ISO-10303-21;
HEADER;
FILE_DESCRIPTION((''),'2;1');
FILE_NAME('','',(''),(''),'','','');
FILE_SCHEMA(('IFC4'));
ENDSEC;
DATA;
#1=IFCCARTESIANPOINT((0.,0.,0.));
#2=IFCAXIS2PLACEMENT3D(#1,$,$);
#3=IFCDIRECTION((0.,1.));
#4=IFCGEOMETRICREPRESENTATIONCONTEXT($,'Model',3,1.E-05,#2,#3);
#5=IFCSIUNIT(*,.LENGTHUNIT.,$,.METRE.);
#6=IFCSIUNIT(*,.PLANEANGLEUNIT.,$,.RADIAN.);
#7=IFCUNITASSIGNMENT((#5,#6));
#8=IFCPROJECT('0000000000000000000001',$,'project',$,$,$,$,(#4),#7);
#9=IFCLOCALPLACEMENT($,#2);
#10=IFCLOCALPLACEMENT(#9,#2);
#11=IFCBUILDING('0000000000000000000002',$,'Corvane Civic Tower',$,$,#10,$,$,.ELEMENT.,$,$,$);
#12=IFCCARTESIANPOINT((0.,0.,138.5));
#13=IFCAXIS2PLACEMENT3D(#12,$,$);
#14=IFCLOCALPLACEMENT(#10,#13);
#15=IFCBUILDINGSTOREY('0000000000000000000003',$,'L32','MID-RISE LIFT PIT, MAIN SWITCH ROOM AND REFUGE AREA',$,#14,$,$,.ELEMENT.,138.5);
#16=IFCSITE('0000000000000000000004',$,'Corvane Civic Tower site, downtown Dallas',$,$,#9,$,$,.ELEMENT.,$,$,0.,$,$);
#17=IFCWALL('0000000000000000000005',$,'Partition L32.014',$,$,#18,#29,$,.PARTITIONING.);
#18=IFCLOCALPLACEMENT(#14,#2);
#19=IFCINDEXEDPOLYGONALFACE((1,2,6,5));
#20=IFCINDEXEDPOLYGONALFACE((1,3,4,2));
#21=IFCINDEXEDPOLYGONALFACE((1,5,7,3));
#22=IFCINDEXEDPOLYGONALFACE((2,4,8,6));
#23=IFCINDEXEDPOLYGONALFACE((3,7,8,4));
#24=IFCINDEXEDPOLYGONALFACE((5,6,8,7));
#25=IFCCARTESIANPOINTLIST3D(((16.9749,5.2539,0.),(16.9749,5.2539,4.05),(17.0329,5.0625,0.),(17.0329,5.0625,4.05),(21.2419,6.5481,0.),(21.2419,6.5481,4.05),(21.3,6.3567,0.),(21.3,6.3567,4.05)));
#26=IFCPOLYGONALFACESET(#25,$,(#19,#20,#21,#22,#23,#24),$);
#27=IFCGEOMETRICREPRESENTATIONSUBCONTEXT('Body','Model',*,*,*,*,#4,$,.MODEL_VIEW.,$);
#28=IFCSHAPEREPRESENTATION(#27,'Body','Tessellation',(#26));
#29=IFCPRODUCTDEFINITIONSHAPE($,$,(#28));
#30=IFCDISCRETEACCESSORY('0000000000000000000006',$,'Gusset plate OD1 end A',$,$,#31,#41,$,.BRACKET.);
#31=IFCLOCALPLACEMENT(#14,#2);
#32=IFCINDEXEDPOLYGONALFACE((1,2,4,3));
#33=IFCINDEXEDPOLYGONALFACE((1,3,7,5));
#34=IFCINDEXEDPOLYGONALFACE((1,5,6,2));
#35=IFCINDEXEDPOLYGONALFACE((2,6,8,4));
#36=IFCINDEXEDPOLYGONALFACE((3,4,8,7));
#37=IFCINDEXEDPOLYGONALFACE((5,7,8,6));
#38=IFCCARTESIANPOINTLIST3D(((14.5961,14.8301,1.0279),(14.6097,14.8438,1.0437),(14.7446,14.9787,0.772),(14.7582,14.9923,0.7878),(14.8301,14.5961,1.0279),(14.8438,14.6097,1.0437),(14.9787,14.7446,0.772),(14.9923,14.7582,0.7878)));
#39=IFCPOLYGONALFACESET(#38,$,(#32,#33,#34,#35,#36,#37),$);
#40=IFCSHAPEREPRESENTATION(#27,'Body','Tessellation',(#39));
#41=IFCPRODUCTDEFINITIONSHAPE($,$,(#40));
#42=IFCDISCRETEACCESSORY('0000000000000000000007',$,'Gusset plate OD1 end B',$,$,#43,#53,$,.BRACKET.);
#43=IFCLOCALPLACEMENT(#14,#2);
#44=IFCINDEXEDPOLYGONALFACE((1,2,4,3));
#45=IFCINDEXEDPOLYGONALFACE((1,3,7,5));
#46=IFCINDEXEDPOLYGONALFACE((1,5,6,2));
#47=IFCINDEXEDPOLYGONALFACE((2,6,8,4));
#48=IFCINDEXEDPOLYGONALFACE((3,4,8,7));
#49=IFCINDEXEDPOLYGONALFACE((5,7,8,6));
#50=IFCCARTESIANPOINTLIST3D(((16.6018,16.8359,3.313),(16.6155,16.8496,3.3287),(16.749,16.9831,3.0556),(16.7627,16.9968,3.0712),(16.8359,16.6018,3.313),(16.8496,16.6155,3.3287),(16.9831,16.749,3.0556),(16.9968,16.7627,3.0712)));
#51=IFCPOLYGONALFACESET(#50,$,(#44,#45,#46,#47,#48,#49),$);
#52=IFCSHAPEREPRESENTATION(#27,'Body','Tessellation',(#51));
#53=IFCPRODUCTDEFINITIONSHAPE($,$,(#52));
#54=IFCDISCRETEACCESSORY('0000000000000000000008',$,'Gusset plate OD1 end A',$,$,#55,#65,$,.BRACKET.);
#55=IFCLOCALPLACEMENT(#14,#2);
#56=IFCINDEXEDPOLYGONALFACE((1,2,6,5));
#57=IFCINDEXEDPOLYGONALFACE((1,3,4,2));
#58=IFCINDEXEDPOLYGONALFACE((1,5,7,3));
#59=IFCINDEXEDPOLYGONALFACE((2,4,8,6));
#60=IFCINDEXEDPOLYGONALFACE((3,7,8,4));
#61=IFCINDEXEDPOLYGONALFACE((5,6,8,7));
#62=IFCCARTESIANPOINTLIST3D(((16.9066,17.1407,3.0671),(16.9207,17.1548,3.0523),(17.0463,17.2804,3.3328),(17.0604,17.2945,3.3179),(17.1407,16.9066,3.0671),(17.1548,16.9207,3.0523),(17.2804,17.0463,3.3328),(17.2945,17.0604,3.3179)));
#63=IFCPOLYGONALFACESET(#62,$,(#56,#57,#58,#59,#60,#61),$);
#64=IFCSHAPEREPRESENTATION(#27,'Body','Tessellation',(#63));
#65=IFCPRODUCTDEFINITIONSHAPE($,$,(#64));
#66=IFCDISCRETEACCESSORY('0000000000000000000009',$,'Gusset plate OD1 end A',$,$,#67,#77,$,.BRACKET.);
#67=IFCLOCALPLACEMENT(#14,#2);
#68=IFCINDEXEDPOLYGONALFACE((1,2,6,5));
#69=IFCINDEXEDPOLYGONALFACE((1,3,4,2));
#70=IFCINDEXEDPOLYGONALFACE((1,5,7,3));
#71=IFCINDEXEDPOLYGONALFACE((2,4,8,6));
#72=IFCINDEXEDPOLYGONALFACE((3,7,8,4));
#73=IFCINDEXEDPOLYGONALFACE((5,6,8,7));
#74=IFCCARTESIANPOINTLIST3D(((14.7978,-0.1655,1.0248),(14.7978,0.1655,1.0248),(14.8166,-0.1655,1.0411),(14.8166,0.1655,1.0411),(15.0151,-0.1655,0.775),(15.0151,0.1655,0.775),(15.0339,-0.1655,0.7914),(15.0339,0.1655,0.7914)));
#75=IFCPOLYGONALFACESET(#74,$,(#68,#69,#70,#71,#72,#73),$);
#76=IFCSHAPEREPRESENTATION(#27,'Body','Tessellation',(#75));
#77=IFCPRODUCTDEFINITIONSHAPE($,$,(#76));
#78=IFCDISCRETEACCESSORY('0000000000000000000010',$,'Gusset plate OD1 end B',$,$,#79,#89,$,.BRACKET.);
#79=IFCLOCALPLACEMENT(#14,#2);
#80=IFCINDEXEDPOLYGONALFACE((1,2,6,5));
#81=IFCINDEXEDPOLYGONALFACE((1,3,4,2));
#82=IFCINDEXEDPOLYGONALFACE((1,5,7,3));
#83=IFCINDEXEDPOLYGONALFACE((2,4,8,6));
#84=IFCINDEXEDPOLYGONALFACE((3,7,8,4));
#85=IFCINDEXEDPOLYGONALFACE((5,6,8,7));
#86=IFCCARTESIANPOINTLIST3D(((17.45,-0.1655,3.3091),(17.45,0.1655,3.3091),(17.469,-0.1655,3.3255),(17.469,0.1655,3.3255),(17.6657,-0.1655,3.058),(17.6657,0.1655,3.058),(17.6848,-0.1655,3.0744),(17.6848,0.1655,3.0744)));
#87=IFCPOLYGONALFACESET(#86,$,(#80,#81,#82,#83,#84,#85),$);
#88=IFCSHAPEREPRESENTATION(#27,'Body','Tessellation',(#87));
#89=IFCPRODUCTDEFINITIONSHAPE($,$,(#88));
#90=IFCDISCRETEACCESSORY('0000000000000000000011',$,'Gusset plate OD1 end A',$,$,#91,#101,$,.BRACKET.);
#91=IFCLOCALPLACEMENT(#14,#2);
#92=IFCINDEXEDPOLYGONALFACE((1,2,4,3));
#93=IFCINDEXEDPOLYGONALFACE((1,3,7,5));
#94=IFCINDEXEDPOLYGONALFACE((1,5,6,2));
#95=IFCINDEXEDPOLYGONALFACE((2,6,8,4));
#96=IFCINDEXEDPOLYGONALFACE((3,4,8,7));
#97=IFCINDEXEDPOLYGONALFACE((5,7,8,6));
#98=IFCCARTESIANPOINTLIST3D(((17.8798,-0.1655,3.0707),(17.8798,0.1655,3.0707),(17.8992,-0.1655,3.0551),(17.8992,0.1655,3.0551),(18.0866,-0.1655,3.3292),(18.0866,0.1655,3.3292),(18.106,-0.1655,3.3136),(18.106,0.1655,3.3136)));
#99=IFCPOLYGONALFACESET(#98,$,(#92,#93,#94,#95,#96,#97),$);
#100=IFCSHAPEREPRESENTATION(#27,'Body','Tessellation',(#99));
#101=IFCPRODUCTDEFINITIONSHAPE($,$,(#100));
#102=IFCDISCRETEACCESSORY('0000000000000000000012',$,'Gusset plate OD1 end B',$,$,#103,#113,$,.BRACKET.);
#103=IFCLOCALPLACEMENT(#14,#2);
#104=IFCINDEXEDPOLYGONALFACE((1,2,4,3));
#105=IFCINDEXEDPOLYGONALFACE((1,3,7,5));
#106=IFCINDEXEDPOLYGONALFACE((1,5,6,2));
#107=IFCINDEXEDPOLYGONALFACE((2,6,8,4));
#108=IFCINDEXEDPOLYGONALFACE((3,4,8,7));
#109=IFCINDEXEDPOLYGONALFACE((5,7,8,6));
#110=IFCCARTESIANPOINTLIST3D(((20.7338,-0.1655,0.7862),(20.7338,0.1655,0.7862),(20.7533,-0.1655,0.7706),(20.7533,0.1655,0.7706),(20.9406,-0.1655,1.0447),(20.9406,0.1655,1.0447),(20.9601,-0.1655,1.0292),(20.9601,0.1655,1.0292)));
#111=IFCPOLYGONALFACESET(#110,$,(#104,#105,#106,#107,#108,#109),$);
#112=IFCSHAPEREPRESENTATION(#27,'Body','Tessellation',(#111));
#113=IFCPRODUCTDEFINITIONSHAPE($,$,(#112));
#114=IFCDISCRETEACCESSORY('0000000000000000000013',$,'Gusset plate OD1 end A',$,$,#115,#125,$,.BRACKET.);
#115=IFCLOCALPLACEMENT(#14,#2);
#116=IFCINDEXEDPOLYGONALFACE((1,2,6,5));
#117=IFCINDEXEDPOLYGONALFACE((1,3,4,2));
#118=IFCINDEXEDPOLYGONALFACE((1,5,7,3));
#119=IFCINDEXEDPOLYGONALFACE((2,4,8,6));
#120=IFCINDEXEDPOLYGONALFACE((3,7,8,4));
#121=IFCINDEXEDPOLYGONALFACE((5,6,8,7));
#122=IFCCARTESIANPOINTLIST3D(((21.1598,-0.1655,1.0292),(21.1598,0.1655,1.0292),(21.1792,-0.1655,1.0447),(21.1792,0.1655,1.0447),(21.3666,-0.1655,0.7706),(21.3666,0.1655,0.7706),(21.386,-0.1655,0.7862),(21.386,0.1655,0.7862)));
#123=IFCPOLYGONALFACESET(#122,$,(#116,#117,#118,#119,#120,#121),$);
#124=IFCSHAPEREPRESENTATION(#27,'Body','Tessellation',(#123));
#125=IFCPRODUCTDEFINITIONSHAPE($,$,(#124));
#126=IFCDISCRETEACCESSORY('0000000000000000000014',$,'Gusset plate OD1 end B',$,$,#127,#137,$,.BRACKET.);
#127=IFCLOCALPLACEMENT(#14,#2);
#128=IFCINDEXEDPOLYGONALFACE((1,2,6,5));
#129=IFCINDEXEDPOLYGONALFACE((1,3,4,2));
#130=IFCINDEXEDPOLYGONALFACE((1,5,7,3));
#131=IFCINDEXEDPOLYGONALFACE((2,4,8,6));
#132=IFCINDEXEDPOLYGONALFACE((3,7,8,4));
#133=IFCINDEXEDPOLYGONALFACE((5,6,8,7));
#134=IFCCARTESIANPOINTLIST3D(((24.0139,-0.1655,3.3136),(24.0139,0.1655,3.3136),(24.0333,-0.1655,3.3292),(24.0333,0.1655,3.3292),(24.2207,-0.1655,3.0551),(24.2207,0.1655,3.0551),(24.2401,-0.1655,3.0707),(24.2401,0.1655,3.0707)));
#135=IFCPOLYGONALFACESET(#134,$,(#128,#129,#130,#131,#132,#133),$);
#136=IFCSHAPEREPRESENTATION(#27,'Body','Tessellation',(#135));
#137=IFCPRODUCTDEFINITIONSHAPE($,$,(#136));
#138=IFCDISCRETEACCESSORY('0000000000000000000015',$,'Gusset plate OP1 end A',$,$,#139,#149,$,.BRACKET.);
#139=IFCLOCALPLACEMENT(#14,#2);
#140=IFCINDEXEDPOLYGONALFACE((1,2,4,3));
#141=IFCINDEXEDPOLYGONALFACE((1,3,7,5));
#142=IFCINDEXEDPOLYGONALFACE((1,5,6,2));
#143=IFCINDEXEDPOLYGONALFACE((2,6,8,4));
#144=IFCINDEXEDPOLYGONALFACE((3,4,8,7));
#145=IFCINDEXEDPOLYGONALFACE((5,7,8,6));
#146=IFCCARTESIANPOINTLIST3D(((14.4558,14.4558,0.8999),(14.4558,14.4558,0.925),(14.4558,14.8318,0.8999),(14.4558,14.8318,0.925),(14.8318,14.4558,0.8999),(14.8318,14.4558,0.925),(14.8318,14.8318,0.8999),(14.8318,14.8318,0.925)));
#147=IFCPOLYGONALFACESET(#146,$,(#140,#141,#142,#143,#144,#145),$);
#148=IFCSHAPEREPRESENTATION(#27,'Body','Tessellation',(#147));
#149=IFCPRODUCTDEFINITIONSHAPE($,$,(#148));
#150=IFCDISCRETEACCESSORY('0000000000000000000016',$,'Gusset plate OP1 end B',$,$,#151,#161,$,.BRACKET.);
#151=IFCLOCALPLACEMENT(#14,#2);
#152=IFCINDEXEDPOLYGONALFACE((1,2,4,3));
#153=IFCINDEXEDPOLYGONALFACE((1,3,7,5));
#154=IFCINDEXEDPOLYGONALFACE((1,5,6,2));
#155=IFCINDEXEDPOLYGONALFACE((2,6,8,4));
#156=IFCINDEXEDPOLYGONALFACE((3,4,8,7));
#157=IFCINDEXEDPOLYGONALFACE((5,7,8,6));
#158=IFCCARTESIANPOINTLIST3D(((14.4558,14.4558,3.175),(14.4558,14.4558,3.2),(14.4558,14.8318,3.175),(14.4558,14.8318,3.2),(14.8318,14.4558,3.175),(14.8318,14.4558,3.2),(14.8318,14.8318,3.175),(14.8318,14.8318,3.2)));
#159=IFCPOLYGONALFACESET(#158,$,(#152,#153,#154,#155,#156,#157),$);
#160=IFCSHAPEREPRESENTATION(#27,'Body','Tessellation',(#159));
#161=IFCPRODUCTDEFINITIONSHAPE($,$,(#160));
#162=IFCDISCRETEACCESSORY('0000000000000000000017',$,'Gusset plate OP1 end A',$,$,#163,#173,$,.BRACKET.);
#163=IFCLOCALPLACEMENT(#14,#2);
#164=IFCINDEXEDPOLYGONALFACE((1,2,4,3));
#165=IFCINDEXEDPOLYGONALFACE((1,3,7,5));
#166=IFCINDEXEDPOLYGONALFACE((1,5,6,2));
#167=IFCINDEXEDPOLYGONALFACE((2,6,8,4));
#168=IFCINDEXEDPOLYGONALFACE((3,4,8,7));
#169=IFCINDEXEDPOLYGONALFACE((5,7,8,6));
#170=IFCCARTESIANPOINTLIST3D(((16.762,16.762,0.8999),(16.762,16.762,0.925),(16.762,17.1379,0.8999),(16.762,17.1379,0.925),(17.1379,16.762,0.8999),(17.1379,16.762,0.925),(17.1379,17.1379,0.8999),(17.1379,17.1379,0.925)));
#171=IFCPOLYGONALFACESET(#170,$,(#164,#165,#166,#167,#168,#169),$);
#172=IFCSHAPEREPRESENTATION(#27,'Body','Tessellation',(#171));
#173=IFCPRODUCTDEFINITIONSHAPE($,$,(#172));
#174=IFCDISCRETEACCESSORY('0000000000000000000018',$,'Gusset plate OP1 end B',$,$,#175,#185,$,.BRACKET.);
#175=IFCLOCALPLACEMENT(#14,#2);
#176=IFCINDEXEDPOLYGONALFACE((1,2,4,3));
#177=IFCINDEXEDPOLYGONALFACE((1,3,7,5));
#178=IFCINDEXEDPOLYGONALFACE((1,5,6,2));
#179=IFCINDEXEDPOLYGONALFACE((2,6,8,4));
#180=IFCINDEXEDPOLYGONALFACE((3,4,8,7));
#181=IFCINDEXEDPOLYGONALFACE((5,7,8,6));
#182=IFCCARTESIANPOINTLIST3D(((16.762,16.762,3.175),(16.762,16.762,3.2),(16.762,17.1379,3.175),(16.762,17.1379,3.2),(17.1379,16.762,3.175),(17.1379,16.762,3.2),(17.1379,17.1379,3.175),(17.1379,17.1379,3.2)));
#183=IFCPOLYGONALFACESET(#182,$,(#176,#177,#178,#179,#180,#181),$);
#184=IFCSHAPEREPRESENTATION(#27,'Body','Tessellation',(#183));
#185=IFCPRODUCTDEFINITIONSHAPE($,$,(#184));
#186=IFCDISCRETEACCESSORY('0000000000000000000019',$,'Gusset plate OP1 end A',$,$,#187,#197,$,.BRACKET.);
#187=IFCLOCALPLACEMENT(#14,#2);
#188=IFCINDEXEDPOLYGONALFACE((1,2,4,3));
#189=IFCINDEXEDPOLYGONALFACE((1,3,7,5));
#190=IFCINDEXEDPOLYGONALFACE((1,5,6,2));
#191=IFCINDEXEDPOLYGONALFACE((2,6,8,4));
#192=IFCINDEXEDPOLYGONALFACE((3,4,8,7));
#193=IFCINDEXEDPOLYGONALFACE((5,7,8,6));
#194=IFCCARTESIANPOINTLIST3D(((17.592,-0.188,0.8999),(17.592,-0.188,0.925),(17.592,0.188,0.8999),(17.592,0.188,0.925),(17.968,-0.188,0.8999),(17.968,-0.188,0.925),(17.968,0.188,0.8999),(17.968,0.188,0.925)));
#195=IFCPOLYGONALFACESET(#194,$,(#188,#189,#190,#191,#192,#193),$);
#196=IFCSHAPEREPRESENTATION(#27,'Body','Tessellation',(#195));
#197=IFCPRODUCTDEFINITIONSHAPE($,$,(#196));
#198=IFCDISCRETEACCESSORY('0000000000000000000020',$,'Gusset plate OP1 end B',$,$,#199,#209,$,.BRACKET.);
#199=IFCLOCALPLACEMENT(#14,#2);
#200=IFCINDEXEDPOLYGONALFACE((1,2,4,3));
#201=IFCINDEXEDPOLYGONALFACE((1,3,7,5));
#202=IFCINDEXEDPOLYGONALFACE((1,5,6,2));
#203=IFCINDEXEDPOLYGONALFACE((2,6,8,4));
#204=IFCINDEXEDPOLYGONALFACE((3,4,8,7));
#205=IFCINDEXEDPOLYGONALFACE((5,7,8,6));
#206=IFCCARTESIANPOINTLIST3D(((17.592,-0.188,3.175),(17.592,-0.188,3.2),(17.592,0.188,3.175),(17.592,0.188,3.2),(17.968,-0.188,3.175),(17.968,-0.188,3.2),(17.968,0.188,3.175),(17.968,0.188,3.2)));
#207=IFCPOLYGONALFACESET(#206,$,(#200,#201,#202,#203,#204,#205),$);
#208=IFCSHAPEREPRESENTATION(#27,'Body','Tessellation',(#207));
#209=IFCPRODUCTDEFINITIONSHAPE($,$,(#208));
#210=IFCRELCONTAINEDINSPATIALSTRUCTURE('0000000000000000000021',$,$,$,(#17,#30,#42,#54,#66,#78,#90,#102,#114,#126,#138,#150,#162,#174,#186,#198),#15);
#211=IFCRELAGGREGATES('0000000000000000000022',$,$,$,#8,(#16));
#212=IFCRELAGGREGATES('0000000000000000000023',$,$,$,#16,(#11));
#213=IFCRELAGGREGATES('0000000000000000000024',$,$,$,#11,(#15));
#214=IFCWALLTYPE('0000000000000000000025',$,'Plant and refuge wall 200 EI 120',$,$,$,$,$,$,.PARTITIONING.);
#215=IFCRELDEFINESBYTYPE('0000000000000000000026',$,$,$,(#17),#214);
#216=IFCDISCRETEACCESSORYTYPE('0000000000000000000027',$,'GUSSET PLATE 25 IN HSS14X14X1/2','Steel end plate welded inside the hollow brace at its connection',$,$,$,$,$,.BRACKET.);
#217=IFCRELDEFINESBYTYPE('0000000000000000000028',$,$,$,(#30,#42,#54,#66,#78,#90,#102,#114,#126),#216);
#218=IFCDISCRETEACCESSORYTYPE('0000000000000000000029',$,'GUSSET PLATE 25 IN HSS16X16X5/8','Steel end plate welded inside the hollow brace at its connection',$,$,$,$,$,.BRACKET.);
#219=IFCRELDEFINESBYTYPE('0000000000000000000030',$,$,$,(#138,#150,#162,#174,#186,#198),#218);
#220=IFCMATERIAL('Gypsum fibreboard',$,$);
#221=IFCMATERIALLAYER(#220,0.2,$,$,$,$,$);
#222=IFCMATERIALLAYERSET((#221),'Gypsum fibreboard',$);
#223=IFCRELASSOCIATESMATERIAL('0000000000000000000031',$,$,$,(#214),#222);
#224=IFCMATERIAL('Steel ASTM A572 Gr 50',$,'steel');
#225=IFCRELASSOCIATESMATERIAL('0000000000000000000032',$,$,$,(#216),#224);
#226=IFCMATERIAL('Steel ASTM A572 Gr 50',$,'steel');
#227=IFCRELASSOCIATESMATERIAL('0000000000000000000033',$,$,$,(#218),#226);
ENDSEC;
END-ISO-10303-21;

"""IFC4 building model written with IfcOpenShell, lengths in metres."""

from ifc_helpers import new_model, si_unit, direction, frame, frame_2d, origin, origin_2d, place, context, subcontext, project, spatial, rectangle, extrude, material, layer, layer_set, material_profile, profile_set, type_object, element, save


model = new_model("IFC4")

# Units and contexts
model_context = context("Model", 3, precision=1e-05, world=origin(), true_north=direction((0.0, 1.0)))
body_context = subcontext(model_context, "Body", "Model", "MODEL_VIEW")
ifc_project = project(units=[si_unit("LENGTHUNIT", "METRE"), si_unit("PLANEANGLEUNIT", "RADIAN")], contexts=[model_context])

# Site, building, storey
site_placement = place(None, origin())
site = spatial("IfcSite", under=ifc_project, at=site_placement, Name="Corvane Civic Tower site, downtown Dallas", CompositionType="ELEMENT", RefElevation=0.0)
building_placement = place(site_placement, origin())
building = spatial("IfcBuilding", under=site, at=building_placement, Name="Corvane Civic Tower", CompositionType="ELEMENT")
storey_placement = place(building_placement, frame((0.0, 0.0, 138.5)))
storey = spatial("IfcBuildingStorey", under=building, at=storey_placement, Name="L32", Description="MID-RISE LIFT PIT, MAIN SWITCH ROOM AND REFUGE AREA", CompositionType="ELEMENT", Elevation=138.5)

# Wall
ifc_material_1 = material(Name="Gypsum fibreboard")
ifc_layer = layer(ifc_material_1, 0.2)
ifc_layer_set = layer_set([ifc_layer], Name="Gypsum fibreboard")
wall_type = type_object("IfcWallType", Name="Plant and refuge wall 200 EI 120", PredefinedType="PARTITIONING", material=ifc_layer_set)
wall_placement = place(storey_placement, frame((17.0039, 5.1582, 0.0), z_axis=(0.0, 0.0, 1.0), x_axis=(0.956954, 0.29024, 0.0)))
element("IfcWall", 1, at=wall_placement, inside=storey, type_object=wall_type, Name="Partition L32.014", PredefinedType="PARTITIONING", context=body_context, shape_type="SweptSolid", body=[
    extrude(rectangle(XDim=4.459, YDim=0.2, at=frame_2d((2.2295, 0.0))), origin(), (0.0, 0.0, 1.0), 4.05),
])

# Discrete accessories
ifc_material_2 = material(Name="Steel ASTM A572 Gr 50", Category="steel")
ifc_material_profile_1 = material_profile(ifc_material_2, rectangle(XDim=0.3311, YDim=0.3311, at=origin_2d()), Name="GUSSET PLATE 25 IN HSS14X14X1/2")
ifc_profile_set_1 = profile_set([ifc_material_profile_1], Name="Steel ASTM A572 Gr 50")
discrete_accessory_type_1 = type_object("IfcDiscreteAccessoryType", Name="GUSSET PLATE 25 IN HSS14X14X1/2", Description="Steel end plate welded inside the hollow brace at its connection", PredefinedType="BRACKET", material=ifc_profile_set_1)
for number, where, z_axis, x_axis, name in (
    (2, (14.7874, 14.7874, 0.8999), (0.546582, 0.546582, 0.634426), (-0.707107, 0.707107, 0.0), "Gusset plate OD1 end A"),
    (3, (16.8062, 16.8062, 3.2), (-0.549972, -0.549972, -0.628539), (0.707107, -0.707107, 0.0), "Gusset plate OD1 end B"),
    (4, (17.0935, 17.0935, 3.2), (0.567402, 0.567402, -0.59675), (-0.707107, 0.707107, 0.0), "Gusset plate OD1 end A"),
    (5, (14.9065, 0.0, 0.8999), (0.754395, 0.0, 0.656421), (0.0, 1.0, 0.0), "Gusset plate OD1 end A"),
):
    element("IfcDiscreteAccessory", number, at=place(storey_placement, frame(where, z_axis=z_axis, x_axis=x_axis)), inside=storey, type_object=discrete_accessory_type_1, Name=name, PredefinedType="BRACKET", context=body_context, shape_type="SweptSolid", body=[
        extrude(rectangle(XDim=0.3311, YDim=0.3311, at=origin_2d()), origin(), (0.0, 0.0, 1.0), 0.0249),
    ])
discrete_accessory_1_placement = place(storey_placement, frame((17.5769, 0.0, 3.2), z_axis=(-0.75857, 0.0, -0.651592), x_axis=(0.0, -1.0, 0.0)))
element("IfcDiscreteAccessory", 6, at=discrete_accessory_1_placement, inside=storey, type_object=discrete_accessory_type_1, Name="Gusset plate OD1 end B", PredefinedType="BRACKET", context=body_context, shape_type="SweptSolid", body=[
    extrude(rectangle(XDim=0.3311, YDim=0.3311, at=origin_2d()), origin(), (0.0, 0.0, 1.0), 0.0251),
])
for number, where, z_axis, x_axis, name in (
    (7, (17.9832, 0.0, 3.2), (0.780869, 0.0, -0.624695), (0.0, 1.0, 0.0), "Gusset plate OD1 end A"),
    (8, (20.8567, 0.0, 0.8999), (-0.780869, 0.0, 0.624695), (0.0, -1.0, 0.0), "Gusset plate OD1 end B"),
    (9, (21.2632, 0.0, 0.8999), (0.780869, 0.0, 0.624695), (0.0, 1.0, 0.0), "Gusset plate OD1 end A"),
    (10, (24.1367, 0.0, 3.2), (-0.780869, 0.0, -0.624695), (0.0, -1.0, 0.0), "Gusset plate OD1 end B"),
):
    element("IfcDiscreteAccessory", number, at=place(storey_placement, frame(where, z_axis=z_axis, x_axis=x_axis)), inside=storey, type_object=discrete_accessory_type_1, Name=name, PredefinedType="BRACKET", context=body_context, shape_type="SweptSolid", body=[
        extrude(rectangle(XDim=0.3311, YDim=0.3311, at=origin_2d()), origin(), (0.0, 0.0, 1.0), 0.0249),
    ])
ifc_material_3 = material(Name="Steel ASTM A572 Gr 50", Category="steel")
ifc_material_profile_2 = material_profile(ifc_material_3, rectangle(XDim=0.376, YDim=0.376, at=origin_2d()), Name="GUSSET PLATE 25 IN HSS16X16X5/8")
ifc_profile_set_2 = profile_set([ifc_material_profile_2], Name="Steel ASTM A572 Gr 50")
discrete_accessory_type_2 = type_object("IfcDiscreteAccessoryType", Name="GUSSET PLATE 25 IN HSS16X16X5/8", Description="Steel end plate welded inside the hollow brace at its connection", PredefinedType="BRACKET", material=ifc_profile_set_2)
discrete_accessory_2_placement = place(storey_placement, frame((14.6438, 14.6438, 0.8999), z_axis=(0.0, 0.0, 1.0), x_axis=(1.0, 0.0, 0.0)))
element("IfcDiscreteAccessory", 11, at=discrete_accessory_2_placement, inside=storey, type_object=discrete_accessory_type_2, Name="Gusset plate OP1 end A", PredefinedType="BRACKET", context=body_context, shape_type="SweptSolid", body=[
    extrude(rectangle(XDim=0.376, YDim=0.376, at=origin_2d()), origin(), (0.0, 0.0, 1.0), 0.0251),
])
discrete_accessory_3_placement = place(storey_placement, frame((14.6438, 14.6438, 3.2), z_axis=(0.0, 0.0, -1.0), x_axis=(1.0, 0.0, 0.0)))
element("IfcDiscreteAccessory", 12, at=discrete_accessory_3_placement, inside=storey, type_object=discrete_accessory_type_2, Name="Gusset plate OP1 end B", PredefinedType="BRACKET", context=body_context, shape_type="SweptSolid", body=[
    extrude(rectangle(XDim=0.376, YDim=0.376, at=origin_2d()), origin(), (0.0, 0.0, 1.0), 0.0249),
])
discrete_accessory_4_placement = place(storey_placement, frame((16.95, 16.95, 0.8999), z_axis=(0.0, 0.0, 1.0), x_axis=(1.0, 0.0, 0.0)))
element("IfcDiscreteAccessory", 13, at=discrete_accessory_4_placement, inside=storey, type_object=discrete_accessory_type_2, Name="Gusset plate OP1 end A", PredefinedType="BRACKET", context=body_context, shape_type="SweptSolid", body=[
    extrude(rectangle(XDim=0.376, YDim=0.376, at=origin_2d()), origin(), (0.0, 0.0, 1.0), 0.0251),
])
discrete_accessory_5_placement = place(storey_placement, frame((16.95, 16.95, 3.2), z_axis=(0.0, 0.0, -1.0), x_axis=(1.0, 0.0, 0.0)))
element("IfcDiscreteAccessory", 14, at=discrete_accessory_5_placement, inside=storey, type_object=discrete_accessory_type_2, Name="Gusset plate OP1 end B", PredefinedType="BRACKET", context=body_context, shape_type="SweptSolid", body=[
    extrude(rectangle(XDim=0.376, YDim=0.376, at=origin_2d()), origin(), (0.0, 0.0, 1.0), 0.0249),
])
discrete_accessory_6_placement = place(storey_placement, frame((17.78, 0.0, 0.8999), z_axis=(0.0, 0.0, 1.0), x_axis=(1.0, 0.0, 0.0)))
element("IfcDiscreteAccessory", 15, at=discrete_accessory_6_placement, inside=storey, type_object=discrete_accessory_type_2, Name="Gusset plate OP1 end A", PredefinedType="BRACKET", context=body_context, shape_type="SweptSolid", body=[
    extrude(rectangle(XDim=0.376, YDim=0.376, at=origin_2d()), origin(), (0.0, 0.0, 1.0), 0.0251),
])
discrete_accessory_7_placement = place(storey_placement, frame((17.78, 0.0, 3.2), z_axis=(0.0, 0.0, -1.0), x_axis=(1.0, 0.0, 0.0)))
element("IfcDiscreteAccessory", 16, at=discrete_accessory_7_placement, inside=storey, type_object=discrete_accessory_type_2, Name="Gusset plate OP1 end B", PredefinedType="BRACKET", context=body_context, shape_type="SweptSolid", body=[
    extrude(rectangle(XDim=0.376, YDim=0.376, at=origin_2d()), origin(), (0.0, 0.0, 1.0), 0.0249),
])

save(model, "model.ifc")
